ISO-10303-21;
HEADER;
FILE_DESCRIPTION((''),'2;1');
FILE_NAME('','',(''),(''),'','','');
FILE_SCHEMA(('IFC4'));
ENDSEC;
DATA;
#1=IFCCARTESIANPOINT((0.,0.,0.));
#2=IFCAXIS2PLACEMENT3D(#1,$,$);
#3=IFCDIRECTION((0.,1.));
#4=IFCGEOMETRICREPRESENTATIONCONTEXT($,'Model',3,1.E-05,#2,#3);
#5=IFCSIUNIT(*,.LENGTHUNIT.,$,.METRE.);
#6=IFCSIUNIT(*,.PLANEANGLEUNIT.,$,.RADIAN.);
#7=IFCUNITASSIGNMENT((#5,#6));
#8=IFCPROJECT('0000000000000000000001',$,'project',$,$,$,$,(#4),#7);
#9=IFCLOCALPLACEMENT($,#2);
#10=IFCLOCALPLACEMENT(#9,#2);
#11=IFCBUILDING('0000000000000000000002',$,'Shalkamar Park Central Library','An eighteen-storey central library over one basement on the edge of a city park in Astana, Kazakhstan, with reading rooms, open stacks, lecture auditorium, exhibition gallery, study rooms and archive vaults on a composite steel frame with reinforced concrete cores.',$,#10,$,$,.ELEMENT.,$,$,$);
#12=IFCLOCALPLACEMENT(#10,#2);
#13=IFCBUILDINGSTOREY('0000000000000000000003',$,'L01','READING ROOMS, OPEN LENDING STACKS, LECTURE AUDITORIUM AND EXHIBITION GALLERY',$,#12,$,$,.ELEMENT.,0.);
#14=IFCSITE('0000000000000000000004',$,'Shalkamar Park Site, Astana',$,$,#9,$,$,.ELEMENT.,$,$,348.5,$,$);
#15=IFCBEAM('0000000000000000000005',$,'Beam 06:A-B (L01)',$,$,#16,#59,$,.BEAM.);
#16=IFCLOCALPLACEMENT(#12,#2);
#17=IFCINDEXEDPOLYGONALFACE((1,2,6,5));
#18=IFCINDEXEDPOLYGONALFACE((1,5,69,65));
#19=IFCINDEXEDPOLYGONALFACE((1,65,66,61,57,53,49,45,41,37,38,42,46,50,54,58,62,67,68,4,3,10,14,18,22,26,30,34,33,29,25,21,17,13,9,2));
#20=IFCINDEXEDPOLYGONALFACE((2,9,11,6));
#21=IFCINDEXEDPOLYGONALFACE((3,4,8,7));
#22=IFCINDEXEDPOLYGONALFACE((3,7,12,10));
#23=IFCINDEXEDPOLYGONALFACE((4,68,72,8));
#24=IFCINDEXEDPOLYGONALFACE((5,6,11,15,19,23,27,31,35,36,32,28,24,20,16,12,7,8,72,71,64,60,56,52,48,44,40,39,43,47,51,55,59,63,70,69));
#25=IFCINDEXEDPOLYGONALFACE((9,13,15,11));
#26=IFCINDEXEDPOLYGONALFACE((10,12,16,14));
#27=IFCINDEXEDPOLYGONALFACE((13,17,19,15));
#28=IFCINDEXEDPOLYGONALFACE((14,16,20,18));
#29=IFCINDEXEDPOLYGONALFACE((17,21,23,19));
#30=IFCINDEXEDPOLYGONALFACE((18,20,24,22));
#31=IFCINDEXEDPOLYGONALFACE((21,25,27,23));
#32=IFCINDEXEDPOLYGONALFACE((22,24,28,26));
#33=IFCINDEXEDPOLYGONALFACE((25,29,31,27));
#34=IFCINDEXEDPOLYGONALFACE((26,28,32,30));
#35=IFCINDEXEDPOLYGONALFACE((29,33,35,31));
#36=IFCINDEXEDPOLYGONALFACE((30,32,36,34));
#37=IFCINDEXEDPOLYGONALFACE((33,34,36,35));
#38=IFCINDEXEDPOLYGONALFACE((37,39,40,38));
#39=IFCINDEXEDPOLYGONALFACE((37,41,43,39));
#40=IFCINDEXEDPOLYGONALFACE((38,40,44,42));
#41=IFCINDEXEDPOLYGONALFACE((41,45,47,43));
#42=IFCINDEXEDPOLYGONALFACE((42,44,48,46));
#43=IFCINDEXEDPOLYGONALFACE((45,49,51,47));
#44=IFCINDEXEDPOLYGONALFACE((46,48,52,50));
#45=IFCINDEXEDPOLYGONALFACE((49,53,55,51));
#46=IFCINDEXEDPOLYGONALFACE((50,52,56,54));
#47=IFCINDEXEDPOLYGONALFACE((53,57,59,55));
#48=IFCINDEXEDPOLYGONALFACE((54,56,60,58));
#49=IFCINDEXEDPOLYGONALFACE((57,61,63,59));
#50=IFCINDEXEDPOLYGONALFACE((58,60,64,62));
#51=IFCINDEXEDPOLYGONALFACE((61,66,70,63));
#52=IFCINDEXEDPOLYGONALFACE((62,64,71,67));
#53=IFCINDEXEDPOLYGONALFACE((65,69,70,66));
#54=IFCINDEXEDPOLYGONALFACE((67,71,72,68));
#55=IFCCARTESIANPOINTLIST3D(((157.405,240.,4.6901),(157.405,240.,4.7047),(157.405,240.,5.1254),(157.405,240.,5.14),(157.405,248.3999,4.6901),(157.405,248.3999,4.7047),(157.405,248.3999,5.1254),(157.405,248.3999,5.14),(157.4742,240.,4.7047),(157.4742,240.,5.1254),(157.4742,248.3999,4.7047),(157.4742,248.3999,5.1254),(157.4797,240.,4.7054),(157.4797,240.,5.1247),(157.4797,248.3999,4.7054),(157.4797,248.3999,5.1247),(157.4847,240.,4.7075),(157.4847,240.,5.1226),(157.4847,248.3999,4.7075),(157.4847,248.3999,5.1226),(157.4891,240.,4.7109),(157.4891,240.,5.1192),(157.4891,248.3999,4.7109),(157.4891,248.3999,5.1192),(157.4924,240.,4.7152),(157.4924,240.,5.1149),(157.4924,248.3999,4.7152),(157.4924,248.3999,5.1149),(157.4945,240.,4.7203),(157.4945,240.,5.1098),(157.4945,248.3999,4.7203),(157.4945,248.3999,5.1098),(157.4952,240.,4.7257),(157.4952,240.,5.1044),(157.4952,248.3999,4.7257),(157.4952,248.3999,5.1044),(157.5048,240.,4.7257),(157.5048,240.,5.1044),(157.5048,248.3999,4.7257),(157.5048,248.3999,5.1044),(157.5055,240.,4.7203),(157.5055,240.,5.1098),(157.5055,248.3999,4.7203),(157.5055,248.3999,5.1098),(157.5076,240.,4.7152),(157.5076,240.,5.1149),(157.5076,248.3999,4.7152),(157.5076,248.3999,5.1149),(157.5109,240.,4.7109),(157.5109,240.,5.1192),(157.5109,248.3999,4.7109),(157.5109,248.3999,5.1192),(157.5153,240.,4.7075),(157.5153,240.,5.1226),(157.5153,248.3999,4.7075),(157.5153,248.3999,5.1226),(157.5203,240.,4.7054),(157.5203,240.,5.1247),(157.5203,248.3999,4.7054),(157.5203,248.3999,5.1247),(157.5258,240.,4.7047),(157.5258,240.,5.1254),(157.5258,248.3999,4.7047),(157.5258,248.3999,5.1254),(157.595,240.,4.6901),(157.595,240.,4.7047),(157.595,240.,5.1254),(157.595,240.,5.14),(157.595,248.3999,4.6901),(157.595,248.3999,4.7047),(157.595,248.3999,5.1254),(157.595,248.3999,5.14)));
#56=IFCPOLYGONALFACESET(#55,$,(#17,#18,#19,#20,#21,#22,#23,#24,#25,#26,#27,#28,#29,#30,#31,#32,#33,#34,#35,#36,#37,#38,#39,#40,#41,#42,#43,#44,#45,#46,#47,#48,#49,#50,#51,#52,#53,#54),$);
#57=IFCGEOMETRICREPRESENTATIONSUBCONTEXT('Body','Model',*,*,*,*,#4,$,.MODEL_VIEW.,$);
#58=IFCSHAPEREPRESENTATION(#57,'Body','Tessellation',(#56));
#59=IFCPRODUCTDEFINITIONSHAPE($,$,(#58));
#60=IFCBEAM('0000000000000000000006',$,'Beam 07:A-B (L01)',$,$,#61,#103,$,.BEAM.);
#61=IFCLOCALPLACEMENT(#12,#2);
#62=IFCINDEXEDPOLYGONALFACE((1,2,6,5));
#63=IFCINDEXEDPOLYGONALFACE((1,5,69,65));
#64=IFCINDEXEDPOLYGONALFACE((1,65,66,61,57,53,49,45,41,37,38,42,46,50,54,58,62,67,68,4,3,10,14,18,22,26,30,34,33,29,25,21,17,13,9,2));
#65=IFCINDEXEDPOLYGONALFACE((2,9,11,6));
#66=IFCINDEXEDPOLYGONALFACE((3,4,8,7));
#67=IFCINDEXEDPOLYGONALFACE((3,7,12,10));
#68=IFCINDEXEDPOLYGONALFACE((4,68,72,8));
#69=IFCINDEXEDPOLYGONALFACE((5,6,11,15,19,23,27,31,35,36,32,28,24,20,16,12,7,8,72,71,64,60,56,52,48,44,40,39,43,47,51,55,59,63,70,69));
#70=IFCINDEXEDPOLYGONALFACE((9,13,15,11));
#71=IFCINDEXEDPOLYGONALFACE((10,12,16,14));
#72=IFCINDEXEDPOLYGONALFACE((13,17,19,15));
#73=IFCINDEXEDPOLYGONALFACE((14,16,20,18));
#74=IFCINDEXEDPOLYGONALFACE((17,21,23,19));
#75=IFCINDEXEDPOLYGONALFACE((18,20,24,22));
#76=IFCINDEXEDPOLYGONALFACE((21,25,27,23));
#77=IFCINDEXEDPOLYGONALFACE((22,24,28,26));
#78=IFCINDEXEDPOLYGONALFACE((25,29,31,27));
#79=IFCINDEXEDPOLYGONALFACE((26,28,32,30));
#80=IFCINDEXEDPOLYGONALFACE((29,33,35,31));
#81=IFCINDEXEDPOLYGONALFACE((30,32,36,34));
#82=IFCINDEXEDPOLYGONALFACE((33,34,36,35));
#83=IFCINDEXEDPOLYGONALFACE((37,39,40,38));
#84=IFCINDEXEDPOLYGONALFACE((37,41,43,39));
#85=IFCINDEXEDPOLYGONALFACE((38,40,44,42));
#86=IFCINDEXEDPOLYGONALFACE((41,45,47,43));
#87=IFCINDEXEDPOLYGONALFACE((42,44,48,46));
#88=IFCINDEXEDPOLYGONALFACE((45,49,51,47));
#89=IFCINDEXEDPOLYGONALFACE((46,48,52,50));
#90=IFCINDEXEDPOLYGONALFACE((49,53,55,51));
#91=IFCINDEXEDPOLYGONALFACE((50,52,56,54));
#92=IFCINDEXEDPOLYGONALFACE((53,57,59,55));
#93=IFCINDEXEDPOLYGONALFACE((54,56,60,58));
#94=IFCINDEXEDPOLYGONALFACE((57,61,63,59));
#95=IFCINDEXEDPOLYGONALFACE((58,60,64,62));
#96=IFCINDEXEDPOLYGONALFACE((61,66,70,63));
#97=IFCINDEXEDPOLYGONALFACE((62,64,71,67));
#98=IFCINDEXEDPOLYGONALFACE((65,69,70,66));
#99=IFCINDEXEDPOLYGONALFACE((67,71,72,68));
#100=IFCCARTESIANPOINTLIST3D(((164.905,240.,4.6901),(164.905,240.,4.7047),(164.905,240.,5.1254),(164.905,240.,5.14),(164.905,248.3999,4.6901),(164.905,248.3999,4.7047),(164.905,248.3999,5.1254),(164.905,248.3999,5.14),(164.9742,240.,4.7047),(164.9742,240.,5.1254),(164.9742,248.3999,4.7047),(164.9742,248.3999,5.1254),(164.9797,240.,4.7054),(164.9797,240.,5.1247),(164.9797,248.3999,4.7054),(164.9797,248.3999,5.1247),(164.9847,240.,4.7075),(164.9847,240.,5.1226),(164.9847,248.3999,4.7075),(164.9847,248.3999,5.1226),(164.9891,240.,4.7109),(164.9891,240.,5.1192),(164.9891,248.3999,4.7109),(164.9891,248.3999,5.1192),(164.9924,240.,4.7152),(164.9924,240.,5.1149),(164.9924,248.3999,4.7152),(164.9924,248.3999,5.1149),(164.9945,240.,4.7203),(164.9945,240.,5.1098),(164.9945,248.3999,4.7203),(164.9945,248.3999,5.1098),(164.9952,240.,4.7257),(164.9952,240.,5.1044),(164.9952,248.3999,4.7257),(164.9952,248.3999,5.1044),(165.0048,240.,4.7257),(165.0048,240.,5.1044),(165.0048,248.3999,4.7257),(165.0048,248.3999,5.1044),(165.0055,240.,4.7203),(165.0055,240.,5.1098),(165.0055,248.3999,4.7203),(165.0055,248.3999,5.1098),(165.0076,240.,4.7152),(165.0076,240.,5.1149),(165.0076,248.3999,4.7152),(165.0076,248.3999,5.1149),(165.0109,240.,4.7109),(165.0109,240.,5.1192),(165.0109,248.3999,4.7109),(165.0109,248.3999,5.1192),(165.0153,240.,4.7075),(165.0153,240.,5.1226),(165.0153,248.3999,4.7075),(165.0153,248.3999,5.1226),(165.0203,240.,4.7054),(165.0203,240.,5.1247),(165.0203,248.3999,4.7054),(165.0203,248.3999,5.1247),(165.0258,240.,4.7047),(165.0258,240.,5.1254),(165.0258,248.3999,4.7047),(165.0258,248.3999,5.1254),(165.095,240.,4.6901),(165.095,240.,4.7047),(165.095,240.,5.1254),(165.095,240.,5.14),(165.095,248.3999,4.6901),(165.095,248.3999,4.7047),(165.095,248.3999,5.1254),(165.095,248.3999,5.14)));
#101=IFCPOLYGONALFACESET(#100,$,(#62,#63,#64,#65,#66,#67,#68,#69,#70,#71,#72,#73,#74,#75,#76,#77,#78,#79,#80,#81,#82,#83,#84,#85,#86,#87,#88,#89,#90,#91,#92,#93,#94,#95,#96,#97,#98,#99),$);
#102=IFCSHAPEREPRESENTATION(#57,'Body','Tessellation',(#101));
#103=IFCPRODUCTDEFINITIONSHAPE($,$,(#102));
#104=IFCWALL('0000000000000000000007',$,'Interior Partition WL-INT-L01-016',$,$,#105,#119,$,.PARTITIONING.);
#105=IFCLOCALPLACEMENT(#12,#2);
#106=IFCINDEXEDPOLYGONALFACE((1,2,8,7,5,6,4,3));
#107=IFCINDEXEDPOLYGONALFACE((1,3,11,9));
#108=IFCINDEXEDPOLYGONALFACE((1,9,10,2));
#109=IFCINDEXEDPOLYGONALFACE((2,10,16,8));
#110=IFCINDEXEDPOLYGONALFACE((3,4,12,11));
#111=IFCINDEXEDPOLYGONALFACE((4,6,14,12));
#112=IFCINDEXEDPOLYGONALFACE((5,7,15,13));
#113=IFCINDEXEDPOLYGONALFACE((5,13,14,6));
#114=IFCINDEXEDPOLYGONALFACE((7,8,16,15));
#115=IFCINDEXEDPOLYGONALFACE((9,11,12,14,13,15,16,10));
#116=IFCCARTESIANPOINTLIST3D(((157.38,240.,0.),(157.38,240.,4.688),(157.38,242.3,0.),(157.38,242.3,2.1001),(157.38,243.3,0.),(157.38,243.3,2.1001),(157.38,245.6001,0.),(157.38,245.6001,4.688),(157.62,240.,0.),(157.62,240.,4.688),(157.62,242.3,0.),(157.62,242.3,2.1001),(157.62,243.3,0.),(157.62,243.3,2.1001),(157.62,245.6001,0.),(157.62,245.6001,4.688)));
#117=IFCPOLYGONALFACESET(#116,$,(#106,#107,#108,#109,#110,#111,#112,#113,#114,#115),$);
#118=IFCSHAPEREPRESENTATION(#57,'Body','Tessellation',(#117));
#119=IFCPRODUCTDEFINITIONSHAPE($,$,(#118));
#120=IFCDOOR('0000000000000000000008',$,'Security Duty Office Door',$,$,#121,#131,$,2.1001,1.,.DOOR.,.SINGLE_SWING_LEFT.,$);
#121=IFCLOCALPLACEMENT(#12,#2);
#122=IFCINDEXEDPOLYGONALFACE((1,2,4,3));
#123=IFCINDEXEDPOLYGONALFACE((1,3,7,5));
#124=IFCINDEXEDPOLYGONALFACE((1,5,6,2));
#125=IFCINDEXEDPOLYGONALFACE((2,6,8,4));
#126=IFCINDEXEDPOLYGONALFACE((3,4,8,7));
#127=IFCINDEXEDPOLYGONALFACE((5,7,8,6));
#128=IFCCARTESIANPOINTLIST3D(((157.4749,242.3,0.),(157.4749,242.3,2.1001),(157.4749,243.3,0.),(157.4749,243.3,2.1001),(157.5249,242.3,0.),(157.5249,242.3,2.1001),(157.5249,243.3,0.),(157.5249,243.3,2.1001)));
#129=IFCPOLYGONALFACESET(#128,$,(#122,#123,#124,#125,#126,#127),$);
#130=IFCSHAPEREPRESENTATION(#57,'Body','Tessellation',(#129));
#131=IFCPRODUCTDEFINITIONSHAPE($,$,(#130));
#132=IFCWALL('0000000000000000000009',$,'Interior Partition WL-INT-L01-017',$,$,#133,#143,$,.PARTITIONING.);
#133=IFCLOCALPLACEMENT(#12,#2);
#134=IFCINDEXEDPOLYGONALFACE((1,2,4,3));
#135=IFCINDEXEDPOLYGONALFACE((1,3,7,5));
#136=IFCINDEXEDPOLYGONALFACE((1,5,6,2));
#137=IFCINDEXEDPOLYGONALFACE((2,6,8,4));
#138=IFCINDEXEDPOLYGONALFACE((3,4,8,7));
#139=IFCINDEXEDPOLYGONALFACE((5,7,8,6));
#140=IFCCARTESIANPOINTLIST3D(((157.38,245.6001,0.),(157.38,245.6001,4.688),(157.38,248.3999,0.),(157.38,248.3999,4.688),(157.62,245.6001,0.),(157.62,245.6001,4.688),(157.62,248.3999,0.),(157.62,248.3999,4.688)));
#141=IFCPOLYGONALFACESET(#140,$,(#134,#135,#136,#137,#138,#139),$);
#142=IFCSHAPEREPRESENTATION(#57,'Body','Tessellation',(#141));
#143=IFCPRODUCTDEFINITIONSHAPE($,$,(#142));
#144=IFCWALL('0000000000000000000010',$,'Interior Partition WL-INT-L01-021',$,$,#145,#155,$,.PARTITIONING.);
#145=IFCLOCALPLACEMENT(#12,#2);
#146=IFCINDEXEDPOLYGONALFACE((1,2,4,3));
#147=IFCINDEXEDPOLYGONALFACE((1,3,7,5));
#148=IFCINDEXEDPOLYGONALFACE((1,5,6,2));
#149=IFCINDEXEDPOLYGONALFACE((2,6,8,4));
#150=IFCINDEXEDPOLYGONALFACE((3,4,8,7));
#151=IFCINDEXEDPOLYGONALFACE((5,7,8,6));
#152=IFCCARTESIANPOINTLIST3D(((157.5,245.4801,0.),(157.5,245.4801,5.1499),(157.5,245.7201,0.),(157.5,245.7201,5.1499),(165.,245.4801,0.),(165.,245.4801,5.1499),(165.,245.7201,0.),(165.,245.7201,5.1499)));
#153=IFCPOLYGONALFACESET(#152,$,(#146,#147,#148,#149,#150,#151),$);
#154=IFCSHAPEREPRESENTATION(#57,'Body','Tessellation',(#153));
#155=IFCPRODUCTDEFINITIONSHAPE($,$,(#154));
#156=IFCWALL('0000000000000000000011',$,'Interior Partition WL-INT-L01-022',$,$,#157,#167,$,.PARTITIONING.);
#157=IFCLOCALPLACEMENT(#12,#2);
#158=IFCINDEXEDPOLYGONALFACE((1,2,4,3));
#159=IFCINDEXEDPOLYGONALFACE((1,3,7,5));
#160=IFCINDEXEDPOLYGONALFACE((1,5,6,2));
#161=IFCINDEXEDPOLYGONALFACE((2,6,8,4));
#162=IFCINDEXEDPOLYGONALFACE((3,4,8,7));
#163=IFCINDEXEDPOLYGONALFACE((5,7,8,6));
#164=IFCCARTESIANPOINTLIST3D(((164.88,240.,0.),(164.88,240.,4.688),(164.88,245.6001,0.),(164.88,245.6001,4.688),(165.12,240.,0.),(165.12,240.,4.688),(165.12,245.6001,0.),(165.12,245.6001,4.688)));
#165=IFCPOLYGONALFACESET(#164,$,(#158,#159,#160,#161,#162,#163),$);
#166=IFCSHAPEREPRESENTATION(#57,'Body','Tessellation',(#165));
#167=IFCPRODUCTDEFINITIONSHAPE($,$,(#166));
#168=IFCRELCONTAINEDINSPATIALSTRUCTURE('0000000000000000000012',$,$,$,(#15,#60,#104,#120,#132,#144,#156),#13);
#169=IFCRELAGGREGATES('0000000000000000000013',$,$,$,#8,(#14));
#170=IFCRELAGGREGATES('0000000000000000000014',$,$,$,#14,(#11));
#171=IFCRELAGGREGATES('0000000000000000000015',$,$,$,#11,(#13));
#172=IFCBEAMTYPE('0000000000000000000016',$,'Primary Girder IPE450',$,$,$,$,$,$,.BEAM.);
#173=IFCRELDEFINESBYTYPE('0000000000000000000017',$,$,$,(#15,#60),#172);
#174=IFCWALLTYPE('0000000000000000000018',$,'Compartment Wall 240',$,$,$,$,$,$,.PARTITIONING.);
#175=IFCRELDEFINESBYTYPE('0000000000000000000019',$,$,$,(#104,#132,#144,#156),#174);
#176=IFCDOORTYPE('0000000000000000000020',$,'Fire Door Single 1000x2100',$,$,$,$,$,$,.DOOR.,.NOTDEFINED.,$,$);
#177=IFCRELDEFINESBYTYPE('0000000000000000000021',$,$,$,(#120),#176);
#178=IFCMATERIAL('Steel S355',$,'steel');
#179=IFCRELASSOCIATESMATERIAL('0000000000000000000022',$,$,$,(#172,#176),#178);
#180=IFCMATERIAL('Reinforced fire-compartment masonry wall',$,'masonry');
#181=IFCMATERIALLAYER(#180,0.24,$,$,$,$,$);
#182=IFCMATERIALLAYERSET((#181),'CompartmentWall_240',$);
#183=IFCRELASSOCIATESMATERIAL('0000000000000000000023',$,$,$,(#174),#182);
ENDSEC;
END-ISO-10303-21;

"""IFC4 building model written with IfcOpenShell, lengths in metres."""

from ifc_helpers import new_model, si_unit, direction, frame, frame_2d, origin, origin_2d, place, context, subcontext, project, spatial, rectangle, i_section, extrude, material, layer, layer_set, material_profile, profile_set, type_object, element, fill, save


model = new_model("IFC4")

# Units and contexts
model_context = context("Model", 3, precision=1e-05, world=origin(), true_north=direction((0.0, 1.0)))
body_context = subcontext(model_context, "Body", "Model", "MODEL_VIEW")
ifc_project = project(units=[si_unit("LENGTHUNIT", "METRE"), si_unit("PLANEANGLEUNIT", "RADIAN")], contexts=[model_context])

# Site, building, storey
site_placement = place(None, origin())
site = spatial("IfcSite", under=ifc_project, at=site_placement, Name="Shalkamar Park Site, Astana", CompositionType="ELEMENT", RefElevation=348.5)
building_placement = place(site_placement, origin())
building = spatial("IfcBuilding", under=site, at=building_placement, Name="Shalkamar Park Central Library", Description="An eighteen-storey central library over one basement on the edge of a city park in Astana, Kazakhstan, with reading rooms, open stacks, lecture auditorium, exhibition gallery, study rooms and archive vaults on a composite steel frame with reinforced concrete cores.", CompositionType="ELEMENT")
storey_placement = place(building_placement, origin())
storey = spatial("IfcBuildingStorey", under=building, at=storey_placement, Name="L01", Description="READING ROOMS, OPEN LENDING STACKS, LECTURE AUDITORIUM AND EXHIBITION GALLERY", CompositionType="ELEMENT", Elevation=0.0)

# Shared definitions
ifc_material_1 = material(Name="Steel S355", Category="steel")

# Beams
ifc_material_profile_1 = material_profile(ifc_material_1, i_section(OverallWidth=0.1899, OverallDepth=0.45, WebThickness=0.0095, FlangeThickness=0.0146, FilletRadius=0.021, at=origin_2d()), Name="IPE 450")
ifc_profile_set_1 = profile_set([ifc_material_profile_1], Name="Steel S355")
beam_type_1 = type_object("IfcBeamType", Name="Primary Girder IPE450", PredefinedType="BEAM", material=ifc_profile_set_1)
for number, where, z_axis, x_axis, name in (
    (1, (157.5, 240.0, 4.915), (0.0, 1.0, 0.0), (-1.0, 0.0, 0.0), "Beam 06:A-B (L01)"),
    (2, (165.0, 240.0, 4.915), (0.0, 1.0, 0.0), (-1.0, 0.0, 0.0), "Beam 07:A-B (L01)"),
):
    element("IfcBeam", number, at=place(storey_placement, frame(where, z_axis=z_axis, x_axis=x_axis)), inside=storey, type_object=beam_type_1, Name=name, PredefinedType="BEAM", context=body_context, shape_type="SweptSolid", body=[
        extrude(i_section(OverallWidth=0.1899, OverallDepth=0.45, WebThickness=0.0095, FlangeThickness=0.0146, FilletRadius=0.021, at=origin_2d()), origin(), (0.0, 0.0, 1.0), 8.3999),
    ])

# Wall, opening, door
ifc_material_2 = material(Name="Reinforced fire-compartment masonry wall", Category="masonry")
ifc_layer_1 = layer(ifc_material_2, 0.24)
ifc_layer_set_1 = layer_set([ifc_layer_1], Name="CompartmentWall_240")
wall_type_1 = type_object("IfcWallType", Name="Compartment Wall 240", PredefinedType="PARTITIONING", material=ifc_layer_set_1)
wall_1_placement = place(storey_placement, frame((157.5, 240.0, 0.0), z_axis=(0.0, 0.0, 1.0), x_axis=(0.0, 1.0, 0.0)))
wall_1 = element("IfcWall", 3, at=wall_1_placement, inside=storey, type_object=wall_type_1, Name="Interior Partition WL-INT-L01-016", PredefinedType="PARTITIONING", context=body_context, shape_type="SweptSolid", body=[
    extrude(rectangle(XDim=5.6001, YDim=0.24, at=frame_2d((2.8, 0.0))), origin(), (0.0, 0.0, 1.0), 4.688),
])
opening_1_placement = place(wall_1_placement, frame((2.3, 0.0, 0.0)))
opening_1 = element("IfcOpeningElement", 4, at=opening_1_placement, cuts=wall_1, PredefinedType="OPENING", context=body_context, shape_type="SweptSolid", body=[
    extrude(rectangle(XDim=1.0, YDim=2.1001, at=frame_2d((0.5, 1.05))), frame((0.0, 0.1348, 0.0), z_axis=(0.0, -1.0, 0.0), x_axis=(1.0, 0.0, 0.0)), (0.0, 0.0, 1.0), 0.2698),
])
door_type_1 = type_object("IfcDoorType", Name="Fire Door Single 1000x2100", OperationType="NOTDEFINED", PredefinedType="DOOR", material=ifc_material_1)
door_1_placement = place(opening_1_placement, frame((1.0, 0.0, 0.0), z_axis=(0.0, 0.0, 1.0), x_axis=(-1.0, 0.0, 0.0)))
door_1 = element("IfcDoor", 5, at=door_1_placement, inside=storey, type_object=door_type_1, Name="Security Duty Office Door", OperationType="SINGLE_SWING_LEFT", OverallHeight=2.1001, OverallWidth=1.0, PredefinedType="DOOR", context=body_context, shape_type="SweptSolid", body=[
    extrude(rectangle(XDim=1.0, YDim=2.1001, at=frame_2d((0.5, 1.05))), frame((0.0, 0.0249, 0.0), z_axis=(0.0, -1.0, 0.0), x_axis=(1.0, 0.0, 0.0)), (0.0, 0.0, 1.0), 0.05),
])
fill(opening_1, door_1)

# Walls
wall_2_placement = place(storey_placement, frame((157.5, 245.6001, 0.0), z_axis=(0.0, 0.0, 1.0), x_axis=(0.0, 1.0, 0.0)))
element("IfcWall", 6, at=wall_2_placement, inside=storey, type_object=wall_type_1, Name="Interior Partition WL-INT-L01-017", PredefinedType="PARTITIONING", context=body_context, shape_type="SweptSolid", body=[
    extrude(rectangle(XDim=2.7998, YDim=0.24, at=frame_2d((1.3999, 0.0))), origin(), (0.0, 0.0, 1.0), 4.688),
])
wall_3_placement = place(storey_placement, frame((157.5, 245.6001, 0.0), z_axis=(0.0, 0.0, 1.0), x_axis=(1.0, 0.0, 0.0)))
element("IfcWall", 7, at=wall_3_placement, inside=storey, type_object=wall_type_1, Name="Interior Partition WL-INT-L01-021", PredefinedType="PARTITIONING", context=body_context, shape_type="SweptSolid", body=[
    extrude(rectangle(XDim=7.5, YDim=0.24, at=frame_2d((3.75, 0.0))), origin(), (0.0, 0.0, 1.0), 5.1499),
])
wall_4_placement = place(storey_placement, frame((165.0, 240.0, 0.0), z_axis=(0.0, 0.0, 1.0), x_axis=(0.0, 1.0, 0.0)))
element("IfcWall", 8, at=wall_4_placement, inside=storey, type_object=wall_type_1, Name="Interior Partition WL-INT-L01-022", PredefinedType="PARTITIONING", context=body_context, shape_type="SweptSolid", body=[
    extrude(rectangle(XDim=5.6001, YDim=0.24, at=frame_2d((2.8, 0.0))), origin(), (0.0, 0.0, 1.0), 4.688),
])

save(model, "model.ifc")
